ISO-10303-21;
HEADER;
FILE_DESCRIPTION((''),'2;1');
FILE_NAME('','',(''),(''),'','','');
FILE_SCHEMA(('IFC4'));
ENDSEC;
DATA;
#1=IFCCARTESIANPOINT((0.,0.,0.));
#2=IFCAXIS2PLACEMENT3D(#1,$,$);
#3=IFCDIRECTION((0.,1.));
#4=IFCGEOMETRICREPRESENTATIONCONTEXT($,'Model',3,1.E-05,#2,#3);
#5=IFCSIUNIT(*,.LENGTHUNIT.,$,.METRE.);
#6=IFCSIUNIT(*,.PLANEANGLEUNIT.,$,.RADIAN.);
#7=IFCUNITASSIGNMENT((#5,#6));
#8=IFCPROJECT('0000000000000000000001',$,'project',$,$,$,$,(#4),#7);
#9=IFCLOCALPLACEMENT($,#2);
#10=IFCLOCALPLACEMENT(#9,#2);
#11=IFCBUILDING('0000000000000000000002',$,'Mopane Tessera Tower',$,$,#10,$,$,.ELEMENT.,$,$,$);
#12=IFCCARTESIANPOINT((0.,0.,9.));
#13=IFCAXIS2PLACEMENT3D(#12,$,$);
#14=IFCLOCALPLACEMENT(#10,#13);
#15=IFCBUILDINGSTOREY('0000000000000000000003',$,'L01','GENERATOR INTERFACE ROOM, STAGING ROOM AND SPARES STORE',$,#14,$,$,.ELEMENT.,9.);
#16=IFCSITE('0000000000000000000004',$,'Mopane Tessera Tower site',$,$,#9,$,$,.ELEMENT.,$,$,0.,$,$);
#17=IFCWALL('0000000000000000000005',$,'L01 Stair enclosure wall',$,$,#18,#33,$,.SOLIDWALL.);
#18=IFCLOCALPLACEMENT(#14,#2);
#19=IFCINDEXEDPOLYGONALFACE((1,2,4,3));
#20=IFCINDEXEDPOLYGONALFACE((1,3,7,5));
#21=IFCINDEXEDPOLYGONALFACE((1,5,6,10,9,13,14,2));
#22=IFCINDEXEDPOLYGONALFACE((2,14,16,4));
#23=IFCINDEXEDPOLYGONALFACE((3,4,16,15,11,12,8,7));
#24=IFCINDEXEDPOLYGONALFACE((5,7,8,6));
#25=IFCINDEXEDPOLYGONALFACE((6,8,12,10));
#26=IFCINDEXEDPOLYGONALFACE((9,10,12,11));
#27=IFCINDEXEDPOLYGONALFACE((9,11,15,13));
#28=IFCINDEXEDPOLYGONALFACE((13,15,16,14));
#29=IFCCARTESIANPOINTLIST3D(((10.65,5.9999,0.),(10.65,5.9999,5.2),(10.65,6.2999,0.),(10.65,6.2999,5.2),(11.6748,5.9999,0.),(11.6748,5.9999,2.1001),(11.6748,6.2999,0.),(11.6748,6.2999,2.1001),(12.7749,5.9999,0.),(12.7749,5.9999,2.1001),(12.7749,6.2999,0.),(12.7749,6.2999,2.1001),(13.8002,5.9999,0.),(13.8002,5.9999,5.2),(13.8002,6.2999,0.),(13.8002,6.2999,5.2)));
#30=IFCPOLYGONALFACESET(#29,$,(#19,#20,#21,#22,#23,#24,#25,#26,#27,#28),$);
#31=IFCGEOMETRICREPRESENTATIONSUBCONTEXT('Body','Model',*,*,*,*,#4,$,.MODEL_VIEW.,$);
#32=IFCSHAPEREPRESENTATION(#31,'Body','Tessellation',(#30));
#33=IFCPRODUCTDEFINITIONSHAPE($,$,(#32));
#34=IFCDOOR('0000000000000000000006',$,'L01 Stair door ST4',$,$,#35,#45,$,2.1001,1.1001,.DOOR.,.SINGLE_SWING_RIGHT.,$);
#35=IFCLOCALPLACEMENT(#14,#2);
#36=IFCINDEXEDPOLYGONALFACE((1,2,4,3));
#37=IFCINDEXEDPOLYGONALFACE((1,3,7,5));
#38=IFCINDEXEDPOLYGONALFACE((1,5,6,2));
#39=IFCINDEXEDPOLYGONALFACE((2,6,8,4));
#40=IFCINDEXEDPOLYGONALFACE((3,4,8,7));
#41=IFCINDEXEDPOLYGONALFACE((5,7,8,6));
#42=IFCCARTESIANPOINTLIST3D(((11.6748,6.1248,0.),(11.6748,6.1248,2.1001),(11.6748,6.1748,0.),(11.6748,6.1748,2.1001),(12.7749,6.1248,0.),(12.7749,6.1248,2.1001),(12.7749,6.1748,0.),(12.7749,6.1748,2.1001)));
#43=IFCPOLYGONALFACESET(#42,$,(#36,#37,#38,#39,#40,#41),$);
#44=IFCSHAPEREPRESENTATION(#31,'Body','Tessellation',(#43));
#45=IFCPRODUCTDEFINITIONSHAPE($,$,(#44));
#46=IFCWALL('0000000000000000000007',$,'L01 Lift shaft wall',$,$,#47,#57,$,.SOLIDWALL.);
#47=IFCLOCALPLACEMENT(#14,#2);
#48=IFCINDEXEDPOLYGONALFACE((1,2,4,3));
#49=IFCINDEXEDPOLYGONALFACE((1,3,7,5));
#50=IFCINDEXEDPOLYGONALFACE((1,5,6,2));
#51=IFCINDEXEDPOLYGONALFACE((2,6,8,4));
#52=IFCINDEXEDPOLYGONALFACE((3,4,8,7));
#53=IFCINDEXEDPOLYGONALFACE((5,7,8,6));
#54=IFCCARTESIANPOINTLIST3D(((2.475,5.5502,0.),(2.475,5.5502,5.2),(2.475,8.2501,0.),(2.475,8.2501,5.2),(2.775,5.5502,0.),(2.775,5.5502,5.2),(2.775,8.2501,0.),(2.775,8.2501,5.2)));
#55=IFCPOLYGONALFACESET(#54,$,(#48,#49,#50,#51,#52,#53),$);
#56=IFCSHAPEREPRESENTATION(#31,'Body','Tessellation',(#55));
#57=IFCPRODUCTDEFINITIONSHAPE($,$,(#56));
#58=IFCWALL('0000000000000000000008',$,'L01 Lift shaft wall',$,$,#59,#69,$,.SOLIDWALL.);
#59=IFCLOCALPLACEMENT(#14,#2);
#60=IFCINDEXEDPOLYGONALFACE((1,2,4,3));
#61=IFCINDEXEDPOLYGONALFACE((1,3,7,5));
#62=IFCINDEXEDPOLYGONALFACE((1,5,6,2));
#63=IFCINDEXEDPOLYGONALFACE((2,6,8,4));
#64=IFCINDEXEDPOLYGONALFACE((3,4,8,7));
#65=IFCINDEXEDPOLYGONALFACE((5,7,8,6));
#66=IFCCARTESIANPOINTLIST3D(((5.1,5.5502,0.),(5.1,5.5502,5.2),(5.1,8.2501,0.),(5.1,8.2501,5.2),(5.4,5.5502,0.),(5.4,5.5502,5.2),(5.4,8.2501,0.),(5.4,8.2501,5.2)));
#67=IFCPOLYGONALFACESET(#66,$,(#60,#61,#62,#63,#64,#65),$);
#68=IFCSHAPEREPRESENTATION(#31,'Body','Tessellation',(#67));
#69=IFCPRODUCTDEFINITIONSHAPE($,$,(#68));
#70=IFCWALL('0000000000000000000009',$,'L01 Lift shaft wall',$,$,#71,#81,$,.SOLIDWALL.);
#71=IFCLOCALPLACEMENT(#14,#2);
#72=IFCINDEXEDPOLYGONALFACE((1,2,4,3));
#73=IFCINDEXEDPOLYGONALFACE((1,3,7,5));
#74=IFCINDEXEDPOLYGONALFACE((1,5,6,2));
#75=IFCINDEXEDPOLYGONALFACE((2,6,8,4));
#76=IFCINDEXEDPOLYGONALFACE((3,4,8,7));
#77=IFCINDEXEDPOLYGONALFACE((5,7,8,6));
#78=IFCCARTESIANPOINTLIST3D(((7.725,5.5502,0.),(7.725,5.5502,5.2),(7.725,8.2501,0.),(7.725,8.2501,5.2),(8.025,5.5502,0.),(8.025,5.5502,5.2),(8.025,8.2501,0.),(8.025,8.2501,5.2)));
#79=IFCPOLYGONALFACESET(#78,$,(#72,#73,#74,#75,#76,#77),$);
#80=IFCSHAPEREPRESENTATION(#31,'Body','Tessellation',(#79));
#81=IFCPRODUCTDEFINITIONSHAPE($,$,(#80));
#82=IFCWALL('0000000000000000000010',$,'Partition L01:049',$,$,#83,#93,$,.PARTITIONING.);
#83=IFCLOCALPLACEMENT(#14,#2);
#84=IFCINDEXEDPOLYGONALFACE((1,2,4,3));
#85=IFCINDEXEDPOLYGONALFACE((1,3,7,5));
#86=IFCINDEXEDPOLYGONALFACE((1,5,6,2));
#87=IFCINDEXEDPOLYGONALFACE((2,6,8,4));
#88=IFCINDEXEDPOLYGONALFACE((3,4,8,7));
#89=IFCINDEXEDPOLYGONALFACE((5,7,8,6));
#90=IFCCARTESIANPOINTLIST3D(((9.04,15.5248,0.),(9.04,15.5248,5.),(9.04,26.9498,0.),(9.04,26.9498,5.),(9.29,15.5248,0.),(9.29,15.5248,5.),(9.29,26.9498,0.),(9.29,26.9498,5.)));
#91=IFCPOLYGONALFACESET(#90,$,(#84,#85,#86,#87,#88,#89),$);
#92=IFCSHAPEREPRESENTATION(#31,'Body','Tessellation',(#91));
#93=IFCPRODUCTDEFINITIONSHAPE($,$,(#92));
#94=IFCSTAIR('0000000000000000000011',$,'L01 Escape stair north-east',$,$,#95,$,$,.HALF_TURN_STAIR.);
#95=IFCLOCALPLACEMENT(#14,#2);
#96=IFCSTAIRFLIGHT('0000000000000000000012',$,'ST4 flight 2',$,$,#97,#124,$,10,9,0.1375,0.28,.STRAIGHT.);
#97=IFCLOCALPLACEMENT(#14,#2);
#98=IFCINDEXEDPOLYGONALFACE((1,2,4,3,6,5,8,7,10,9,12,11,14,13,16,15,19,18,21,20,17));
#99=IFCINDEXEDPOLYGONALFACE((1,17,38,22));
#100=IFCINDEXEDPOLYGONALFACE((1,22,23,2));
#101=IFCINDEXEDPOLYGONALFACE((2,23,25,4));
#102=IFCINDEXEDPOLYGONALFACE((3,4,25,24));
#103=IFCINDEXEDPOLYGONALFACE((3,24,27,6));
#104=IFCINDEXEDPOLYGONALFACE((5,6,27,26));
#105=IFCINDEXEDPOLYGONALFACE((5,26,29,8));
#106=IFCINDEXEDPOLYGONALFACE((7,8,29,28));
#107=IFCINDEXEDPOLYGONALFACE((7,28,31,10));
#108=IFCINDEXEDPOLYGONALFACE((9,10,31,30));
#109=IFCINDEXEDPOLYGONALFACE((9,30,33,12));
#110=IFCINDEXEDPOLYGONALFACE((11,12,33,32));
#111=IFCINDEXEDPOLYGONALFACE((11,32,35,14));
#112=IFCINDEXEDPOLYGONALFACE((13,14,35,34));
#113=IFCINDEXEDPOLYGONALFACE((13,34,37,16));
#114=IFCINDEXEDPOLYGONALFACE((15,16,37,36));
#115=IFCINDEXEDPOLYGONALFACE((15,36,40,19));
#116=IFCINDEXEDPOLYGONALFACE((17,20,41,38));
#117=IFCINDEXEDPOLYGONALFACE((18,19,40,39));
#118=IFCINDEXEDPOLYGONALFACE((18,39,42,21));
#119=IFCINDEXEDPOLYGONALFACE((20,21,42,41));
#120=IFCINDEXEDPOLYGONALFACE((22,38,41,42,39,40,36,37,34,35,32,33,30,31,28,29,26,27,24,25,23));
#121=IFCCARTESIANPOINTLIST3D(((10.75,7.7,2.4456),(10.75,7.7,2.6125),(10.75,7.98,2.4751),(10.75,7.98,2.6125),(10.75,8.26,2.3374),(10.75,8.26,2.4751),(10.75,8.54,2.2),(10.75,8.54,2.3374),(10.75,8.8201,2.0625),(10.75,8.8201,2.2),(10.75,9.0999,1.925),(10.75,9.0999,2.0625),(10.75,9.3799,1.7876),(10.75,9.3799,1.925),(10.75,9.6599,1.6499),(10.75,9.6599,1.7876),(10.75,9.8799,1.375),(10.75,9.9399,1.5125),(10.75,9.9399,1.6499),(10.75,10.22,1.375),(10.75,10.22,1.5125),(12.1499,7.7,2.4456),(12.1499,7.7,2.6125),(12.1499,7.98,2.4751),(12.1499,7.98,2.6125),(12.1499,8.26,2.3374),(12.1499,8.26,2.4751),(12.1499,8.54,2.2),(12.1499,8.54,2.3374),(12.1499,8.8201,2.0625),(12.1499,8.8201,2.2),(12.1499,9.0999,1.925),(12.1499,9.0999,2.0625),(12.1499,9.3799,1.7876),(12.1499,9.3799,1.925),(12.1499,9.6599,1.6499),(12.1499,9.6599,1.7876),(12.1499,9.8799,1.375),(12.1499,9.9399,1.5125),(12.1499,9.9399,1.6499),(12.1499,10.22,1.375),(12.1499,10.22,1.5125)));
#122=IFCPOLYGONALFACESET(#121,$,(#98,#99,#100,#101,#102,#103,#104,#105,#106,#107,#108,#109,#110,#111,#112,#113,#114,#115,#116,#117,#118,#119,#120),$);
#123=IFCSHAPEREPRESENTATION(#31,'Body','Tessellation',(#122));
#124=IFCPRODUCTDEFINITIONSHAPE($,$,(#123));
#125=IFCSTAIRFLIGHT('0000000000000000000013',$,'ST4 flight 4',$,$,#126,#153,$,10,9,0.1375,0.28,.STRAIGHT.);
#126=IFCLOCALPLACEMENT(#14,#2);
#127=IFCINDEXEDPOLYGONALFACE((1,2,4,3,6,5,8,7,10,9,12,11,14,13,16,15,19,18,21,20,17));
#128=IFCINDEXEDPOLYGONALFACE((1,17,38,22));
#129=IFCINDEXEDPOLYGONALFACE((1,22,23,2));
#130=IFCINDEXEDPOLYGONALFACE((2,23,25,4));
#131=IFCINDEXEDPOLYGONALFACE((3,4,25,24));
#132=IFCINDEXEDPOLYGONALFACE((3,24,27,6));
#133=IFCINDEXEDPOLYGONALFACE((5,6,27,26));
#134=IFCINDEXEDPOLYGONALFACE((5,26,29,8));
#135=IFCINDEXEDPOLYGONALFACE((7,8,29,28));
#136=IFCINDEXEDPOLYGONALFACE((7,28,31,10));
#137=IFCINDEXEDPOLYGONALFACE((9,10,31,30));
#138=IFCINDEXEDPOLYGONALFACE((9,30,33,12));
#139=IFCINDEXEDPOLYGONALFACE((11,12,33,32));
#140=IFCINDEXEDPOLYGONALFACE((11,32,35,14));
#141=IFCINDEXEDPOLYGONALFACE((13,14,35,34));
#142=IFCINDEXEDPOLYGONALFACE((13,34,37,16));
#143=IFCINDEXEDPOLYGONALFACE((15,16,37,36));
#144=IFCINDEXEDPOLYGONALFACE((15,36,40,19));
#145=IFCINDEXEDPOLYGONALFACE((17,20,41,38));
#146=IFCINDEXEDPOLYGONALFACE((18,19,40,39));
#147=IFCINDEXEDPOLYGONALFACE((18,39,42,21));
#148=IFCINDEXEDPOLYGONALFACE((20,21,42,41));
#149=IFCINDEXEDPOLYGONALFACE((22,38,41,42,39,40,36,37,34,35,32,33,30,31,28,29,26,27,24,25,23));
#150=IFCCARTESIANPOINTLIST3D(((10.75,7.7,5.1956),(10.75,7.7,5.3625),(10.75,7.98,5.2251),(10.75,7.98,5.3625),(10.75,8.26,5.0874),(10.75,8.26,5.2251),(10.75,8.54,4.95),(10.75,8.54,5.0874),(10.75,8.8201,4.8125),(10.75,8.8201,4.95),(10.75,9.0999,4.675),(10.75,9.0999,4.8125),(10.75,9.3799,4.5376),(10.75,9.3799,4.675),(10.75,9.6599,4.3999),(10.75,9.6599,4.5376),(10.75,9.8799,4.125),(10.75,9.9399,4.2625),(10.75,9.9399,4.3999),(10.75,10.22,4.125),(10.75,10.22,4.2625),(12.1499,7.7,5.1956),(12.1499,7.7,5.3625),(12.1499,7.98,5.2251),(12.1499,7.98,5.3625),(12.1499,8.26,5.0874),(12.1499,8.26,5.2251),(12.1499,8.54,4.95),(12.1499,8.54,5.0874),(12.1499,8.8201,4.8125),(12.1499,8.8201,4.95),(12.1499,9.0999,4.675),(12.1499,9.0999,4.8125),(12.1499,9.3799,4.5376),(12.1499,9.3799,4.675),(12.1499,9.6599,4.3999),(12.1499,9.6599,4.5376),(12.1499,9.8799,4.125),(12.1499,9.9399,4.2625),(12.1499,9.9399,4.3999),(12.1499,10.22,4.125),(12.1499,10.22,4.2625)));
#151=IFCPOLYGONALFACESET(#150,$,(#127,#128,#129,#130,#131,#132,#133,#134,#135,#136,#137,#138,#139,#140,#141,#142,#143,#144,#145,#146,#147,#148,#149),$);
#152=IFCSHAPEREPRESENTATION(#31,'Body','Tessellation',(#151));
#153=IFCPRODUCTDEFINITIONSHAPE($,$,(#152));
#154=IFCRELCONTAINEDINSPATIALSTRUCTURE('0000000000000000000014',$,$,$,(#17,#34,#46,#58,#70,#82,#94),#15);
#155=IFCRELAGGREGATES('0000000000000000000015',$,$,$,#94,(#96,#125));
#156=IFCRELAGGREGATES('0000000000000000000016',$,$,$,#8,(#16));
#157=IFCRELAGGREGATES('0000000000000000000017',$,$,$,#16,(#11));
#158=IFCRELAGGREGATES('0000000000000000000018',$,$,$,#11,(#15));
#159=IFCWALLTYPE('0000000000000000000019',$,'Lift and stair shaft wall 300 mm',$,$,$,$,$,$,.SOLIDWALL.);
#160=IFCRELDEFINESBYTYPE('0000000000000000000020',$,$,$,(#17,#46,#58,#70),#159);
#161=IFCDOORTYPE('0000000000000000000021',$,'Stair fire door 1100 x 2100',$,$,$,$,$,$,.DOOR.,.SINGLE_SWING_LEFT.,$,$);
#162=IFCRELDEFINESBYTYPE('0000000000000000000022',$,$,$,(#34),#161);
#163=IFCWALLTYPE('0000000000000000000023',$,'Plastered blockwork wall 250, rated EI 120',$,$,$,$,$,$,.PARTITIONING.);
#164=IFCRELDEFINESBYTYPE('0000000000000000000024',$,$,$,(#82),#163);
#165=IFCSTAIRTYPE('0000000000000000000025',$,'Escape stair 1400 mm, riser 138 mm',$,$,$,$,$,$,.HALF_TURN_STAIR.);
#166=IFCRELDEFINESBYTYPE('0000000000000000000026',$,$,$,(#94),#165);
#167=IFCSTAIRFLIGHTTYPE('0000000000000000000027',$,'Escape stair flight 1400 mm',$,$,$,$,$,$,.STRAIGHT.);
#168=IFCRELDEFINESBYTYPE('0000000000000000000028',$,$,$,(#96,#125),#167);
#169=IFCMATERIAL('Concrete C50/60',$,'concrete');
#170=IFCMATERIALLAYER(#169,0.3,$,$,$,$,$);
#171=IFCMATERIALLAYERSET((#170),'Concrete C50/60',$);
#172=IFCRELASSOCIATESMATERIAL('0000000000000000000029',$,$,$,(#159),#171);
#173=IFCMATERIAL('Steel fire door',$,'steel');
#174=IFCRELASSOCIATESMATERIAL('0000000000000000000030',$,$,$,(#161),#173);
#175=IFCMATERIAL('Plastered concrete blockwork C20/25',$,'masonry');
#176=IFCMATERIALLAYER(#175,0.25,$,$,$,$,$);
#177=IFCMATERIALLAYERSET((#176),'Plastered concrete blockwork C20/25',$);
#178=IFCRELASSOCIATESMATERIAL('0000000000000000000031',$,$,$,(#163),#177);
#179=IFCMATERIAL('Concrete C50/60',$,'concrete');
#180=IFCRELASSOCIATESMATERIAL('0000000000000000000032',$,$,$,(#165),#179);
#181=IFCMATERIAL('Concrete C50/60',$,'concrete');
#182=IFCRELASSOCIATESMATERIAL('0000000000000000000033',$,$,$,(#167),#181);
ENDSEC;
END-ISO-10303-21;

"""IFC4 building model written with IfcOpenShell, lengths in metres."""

from ifc_helpers import new_model, si_unit, direction, frame, frame_2d, origin, place, context, subcontext, project, spatial, polyline, rectangle, outline, extrude, material, layer, layer_set, type_object, element, fill, aggregate, save


model = new_model("IFC4")

# Units and contexts
model_context = context("Model", 3, precision=1e-05, world=origin(), true_north=direction((0.0, 1.0)))
body_context = subcontext(model_context, "Body", "Model", "MODEL_VIEW")
ifc_project = project(units=[si_unit("LENGTHUNIT", "METRE"), si_unit("PLANEANGLEUNIT", "RADIAN")], contexts=[model_context])

# Site, building, storey
site_placement = place(None, origin())
site = spatial("IfcSite", under=ifc_project, at=site_placement, Name="Mopane Tessera Tower site", CompositionType="ELEMENT", RefElevation=0.0)
building_placement = place(site_placement, origin())
building = spatial("IfcBuilding", under=site, at=building_placement, Name="Mopane Tessera Tower", CompositionType="ELEMENT")
storey_placement = place(building_placement, frame((0.0, 0.0, 9.0)))
storey = spatial("IfcBuildingStorey", under=building, at=storey_placement, Name="L01", Description="GENERATOR INTERFACE ROOM, STAGING ROOM AND SPARES STORE", CompositionType="ELEMENT", Elevation=9.0)

# Wall, opening, door
ifc_material_1 = material(Name="Concrete C50/60", Category="concrete")
ifc_layer_1 = layer(ifc_material_1, 0.3)
ifc_layer_set_1 = layer_set([ifc_layer_1], Name="Concrete C50/60")
wall_type_1 = type_object("IfcWallType", Name="Lift and stair shaft wall 300 mm", PredefinedType="SOLIDWALL", material=ifc_layer_set_1)
wall_1_placement = place(storey_placement, frame((10.6499, 6.1499, 0.0), z_axis=(0.0, 0.0, 1.0), x_axis=(1.0, 0.0, 0.0)))
wall_1 = element("IfcWall", 1, at=wall_1_placement, inside=storey, type_object=wall_type_1, Name="L01 Stair enclosure wall", PredefinedType="SOLIDWALL", context=body_context, shape_type="SweptSolid", body=[
    extrude(rectangle(XDim=3.1501, YDim=0.3, at=frame_2d((1.5752, 0.0))), origin(), (0.0, 0.0, 1.0), 5.2),
])
opening_1_placement = place(wall_1_placement, frame((1.0249, 0.0, 0.0)))
opening_1 = element("IfcOpeningElement", 2, at=opening_1_placement, cuts=wall_1, PredefinedType="OPENING", context=body_context, shape_type="SweptSolid", body=[
    extrude(rectangle(XDim=1.1001, YDim=2.1001, at=frame_2d((0.55, 1.05))), frame((0.0, 0.1621, 0.0), z_axis=(0.0, -1.0, 0.0), x_axis=(1.0, 0.0, 0.0)), (0.0, 0.0, 1.0), 0.324),
])
ifc_material_2 = material(Name="Steel fire door", Category="steel")
door_type_1 = type_object("IfcDoorType", Name="Stair fire door 1100 x 2100", OperationType="SINGLE_SWING_LEFT", PredefinedType="DOOR", material=ifc_material_2)
door_1_placement = place(opening_1_placement, origin())
door_1 = element("IfcDoor", 3, at=door_1_placement, inside=storey, type_object=door_type_1, Name="L01 Stair door ST4", OperationType="SINGLE_SWING_RIGHT", OverallHeight=2.1001, OverallWidth=1.1001, PredefinedType="DOOR", context=body_context, shape_type="SweptSolid", body=[
    extrude(rectangle(XDim=1.1001, YDim=2.1001, at=frame_2d((0.55, 1.05))), frame((0.0, 0.0249, 0.0), z_axis=(0.0, -1.0, 0.0), x_axis=(1.0, 0.0, 0.0)), (0.0, 0.0, 1.0), 0.05),
])
fill(opening_1, door_1)

# Walls
for number, where, z_axis, x_axis, name in (
    (4, (2.625, 5.55, 0.0), (0.0, 0.0, 1.0), (0.0, 1.0, 0.0), "L01 Lift shaft wall"),
    (5, (5.25, 5.55, 0.0), (0.0, 0.0, 1.0), (0.0, 1.0, 0.0), "L01 Lift shaft wall"),
    (6, (7.875, 5.55, 0.0), (0.0, 0.0, 1.0), (0.0, 1.0, 0.0), "L01 Lift shaft wall"),
):
    element("IfcWall", number, at=place(storey_placement, frame(where, z_axis=z_axis, x_axis=x_axis)), inside=storey, type_object=wall_type_1, Name=name, PredefinedType="SOLIDWALL", context=body_context, shape_type="SweptSolid", body=[
        extrude(rectangle(XDim=2.7, YDim=0.3, at=frame_2d((1.3501, 0.0))), origin(), (0.0, 0.0, 1.0), 5.2),
    ])
ifc_material_3 = material(Name="Plastered concrete blockwork C20/25", Category="masonry")
ifc_layer_2 = layer(ifc_material_3, 0.25)
ifc_layer_set_2 = layer_set([ifc_layer_2], Name="Plastered concrete blockwork C20/25")
wall_type_2 = type_object("IfcWallType", Name="Plastered blockwork wall 250, rated EI 120", PredefinedType="PARTITIONING", material=ifc_layer_set_2)
wall_2_placement = place(storey_placement, frame((9.165, 15.5249, 0.0), z_axis=(0.0, 0.0, 1.0), x_axis=(0.0, 1.0, 0.0)))
element("IfcWall", 7, at=wall_2_placement, inside=storey, type_object=wall_type_2, Name="Partition L01:049", PredefinedType="PARTITIONING", context=body_context, shape_type="SweptSolid", body=[
    extrude(rectangle(XDim=11.425, YDim=0.25, at=frame_2d((5.7124, 0.0))), origin(), (0.0, 0.0, 1.0), 5.0),
])

# Stair, stair flights
ifc_material_4 = material(Name="Concrete C50/60", Category="concrete")
stair_type = type_object("IfcStairType", Name="Escape stair 1400 mm, riser 138 mm", PredefinedType="HALF_TURN_STAIR", material=ifc_material_4)
stair_placement = place(storey_placement, origin())
stair = element("IfcStair", 8, at=stair_placement, inside=storey, type_object=stair_type, Name="L01 Escape stair north-east", PredefinedType="HALF_TURN_STAIR")
ifc_material_5 = material(Name="Concrete C50/60", Category="concrete")
stair_flight_type = type_object("IfcStairFlightType", Name="Escape stair flight 1400 mm", PredefinedType="STRAIGHT", material=ifc_material_5)
stair_flight_1_placement = place(storey_placement, frame((11.45, 10.22, 1.375), z_axis=(0.0, 0.0, 1.0), x_axis=(0.0, -1.0, 0.0)))
stair_flight_1 = element("IfcStairFlight", 9, at=stair_flight_1_placement, type_object=stair_flight_type, Name="ST4 flight 2", NumberOfRisers=10, NumberOfTreads=9, PredefinedType="STRAIGHT", RiserHeight=0.1375, TreadLength=0.28, context=body_context, shape_type="SweptSolid", body=[
    extrude(outline(polyline([(0.0, 0.0), (0.0, 0.1375), (0.28, 0.1375), (0.28, 0.2749), (0.5601, 0.2749), (0.5601, 0.4126), (0.8401, 0.4126), (0.8401, 0.55), (1.1201, 0.55), (1.1201, 0.6875), (1.3999, 0.6875), (1.3999, 0.825), (1.6799, 0.825), (1.6799, 0.9624), (1.96, 0.9624), (1.96, 1.1001), (2.24, 1.1001), (2.24, 1.2375), (2.52, 1.2375), (2.52, 1.375), (2.52, 1.0706), (0.3401, 0.0), (0.0, 0.0)])), frame((0.0, 0.7, 0.0), z_axis=(0.0, -1.0, 0.0), x_axis=(1.0, 0.0, 0.0)), (0.0, 0.0, 1.0), 1.3999),
])
stair_flight_2_placement = place(storey_placement, frame((11.45, 10.22, 4.125), z_axis=(0.0, 0.0, 1.0), x_axis=(0.0, -1.0, 0.0)))
stair_flight_2 = element("IfcStairFlight", 10, at=stair_flight_2_placement, type_object=stair_flight_type, Name="ST4 flight 4", NumberOfRisers=10, NumberOfTreads=9, PredefinedType="STRAIGHT", RiserHeight=0.1375, TreadLength=0.28, context=body_context, shape_type="SweptSolid", body=[
    extrude(outline(polyline([(0.0, 0.0), (0.0, 0.1375), (0.28, 0.1375), (0.28, 0.2749), (0.5601, 0.2749), (0.5601, 0.4126), (0.8401, 0.4126), (0.8401, 0.55), (1.1201, 0.55), (1.1201, 0.6875), (1.3999, 0.6875), (1.3999, 0.825), (1.6799, 0.825), (1.6799, 0.9624), (1.96, 0.9624), (1.96, 1.1001), (2.24, 1.1001), (2.24, 1.2375), (2.52, 1.2375), (2.52, 1.375), (2.52, 1.0706), (0.3401, 0.0), (0.0, 0.0)])), frame((0.0, 0.7, 0.0), z_axis=(0.0, -1.0, 0.0), x_axis=(1.0, 0.0, 0.0)), (0.0, 0.0, 1.0), 1.3999),
])
aggregate(stair, [stair_flight_1, stair_flight_2])

save(model, "model.ifc")
